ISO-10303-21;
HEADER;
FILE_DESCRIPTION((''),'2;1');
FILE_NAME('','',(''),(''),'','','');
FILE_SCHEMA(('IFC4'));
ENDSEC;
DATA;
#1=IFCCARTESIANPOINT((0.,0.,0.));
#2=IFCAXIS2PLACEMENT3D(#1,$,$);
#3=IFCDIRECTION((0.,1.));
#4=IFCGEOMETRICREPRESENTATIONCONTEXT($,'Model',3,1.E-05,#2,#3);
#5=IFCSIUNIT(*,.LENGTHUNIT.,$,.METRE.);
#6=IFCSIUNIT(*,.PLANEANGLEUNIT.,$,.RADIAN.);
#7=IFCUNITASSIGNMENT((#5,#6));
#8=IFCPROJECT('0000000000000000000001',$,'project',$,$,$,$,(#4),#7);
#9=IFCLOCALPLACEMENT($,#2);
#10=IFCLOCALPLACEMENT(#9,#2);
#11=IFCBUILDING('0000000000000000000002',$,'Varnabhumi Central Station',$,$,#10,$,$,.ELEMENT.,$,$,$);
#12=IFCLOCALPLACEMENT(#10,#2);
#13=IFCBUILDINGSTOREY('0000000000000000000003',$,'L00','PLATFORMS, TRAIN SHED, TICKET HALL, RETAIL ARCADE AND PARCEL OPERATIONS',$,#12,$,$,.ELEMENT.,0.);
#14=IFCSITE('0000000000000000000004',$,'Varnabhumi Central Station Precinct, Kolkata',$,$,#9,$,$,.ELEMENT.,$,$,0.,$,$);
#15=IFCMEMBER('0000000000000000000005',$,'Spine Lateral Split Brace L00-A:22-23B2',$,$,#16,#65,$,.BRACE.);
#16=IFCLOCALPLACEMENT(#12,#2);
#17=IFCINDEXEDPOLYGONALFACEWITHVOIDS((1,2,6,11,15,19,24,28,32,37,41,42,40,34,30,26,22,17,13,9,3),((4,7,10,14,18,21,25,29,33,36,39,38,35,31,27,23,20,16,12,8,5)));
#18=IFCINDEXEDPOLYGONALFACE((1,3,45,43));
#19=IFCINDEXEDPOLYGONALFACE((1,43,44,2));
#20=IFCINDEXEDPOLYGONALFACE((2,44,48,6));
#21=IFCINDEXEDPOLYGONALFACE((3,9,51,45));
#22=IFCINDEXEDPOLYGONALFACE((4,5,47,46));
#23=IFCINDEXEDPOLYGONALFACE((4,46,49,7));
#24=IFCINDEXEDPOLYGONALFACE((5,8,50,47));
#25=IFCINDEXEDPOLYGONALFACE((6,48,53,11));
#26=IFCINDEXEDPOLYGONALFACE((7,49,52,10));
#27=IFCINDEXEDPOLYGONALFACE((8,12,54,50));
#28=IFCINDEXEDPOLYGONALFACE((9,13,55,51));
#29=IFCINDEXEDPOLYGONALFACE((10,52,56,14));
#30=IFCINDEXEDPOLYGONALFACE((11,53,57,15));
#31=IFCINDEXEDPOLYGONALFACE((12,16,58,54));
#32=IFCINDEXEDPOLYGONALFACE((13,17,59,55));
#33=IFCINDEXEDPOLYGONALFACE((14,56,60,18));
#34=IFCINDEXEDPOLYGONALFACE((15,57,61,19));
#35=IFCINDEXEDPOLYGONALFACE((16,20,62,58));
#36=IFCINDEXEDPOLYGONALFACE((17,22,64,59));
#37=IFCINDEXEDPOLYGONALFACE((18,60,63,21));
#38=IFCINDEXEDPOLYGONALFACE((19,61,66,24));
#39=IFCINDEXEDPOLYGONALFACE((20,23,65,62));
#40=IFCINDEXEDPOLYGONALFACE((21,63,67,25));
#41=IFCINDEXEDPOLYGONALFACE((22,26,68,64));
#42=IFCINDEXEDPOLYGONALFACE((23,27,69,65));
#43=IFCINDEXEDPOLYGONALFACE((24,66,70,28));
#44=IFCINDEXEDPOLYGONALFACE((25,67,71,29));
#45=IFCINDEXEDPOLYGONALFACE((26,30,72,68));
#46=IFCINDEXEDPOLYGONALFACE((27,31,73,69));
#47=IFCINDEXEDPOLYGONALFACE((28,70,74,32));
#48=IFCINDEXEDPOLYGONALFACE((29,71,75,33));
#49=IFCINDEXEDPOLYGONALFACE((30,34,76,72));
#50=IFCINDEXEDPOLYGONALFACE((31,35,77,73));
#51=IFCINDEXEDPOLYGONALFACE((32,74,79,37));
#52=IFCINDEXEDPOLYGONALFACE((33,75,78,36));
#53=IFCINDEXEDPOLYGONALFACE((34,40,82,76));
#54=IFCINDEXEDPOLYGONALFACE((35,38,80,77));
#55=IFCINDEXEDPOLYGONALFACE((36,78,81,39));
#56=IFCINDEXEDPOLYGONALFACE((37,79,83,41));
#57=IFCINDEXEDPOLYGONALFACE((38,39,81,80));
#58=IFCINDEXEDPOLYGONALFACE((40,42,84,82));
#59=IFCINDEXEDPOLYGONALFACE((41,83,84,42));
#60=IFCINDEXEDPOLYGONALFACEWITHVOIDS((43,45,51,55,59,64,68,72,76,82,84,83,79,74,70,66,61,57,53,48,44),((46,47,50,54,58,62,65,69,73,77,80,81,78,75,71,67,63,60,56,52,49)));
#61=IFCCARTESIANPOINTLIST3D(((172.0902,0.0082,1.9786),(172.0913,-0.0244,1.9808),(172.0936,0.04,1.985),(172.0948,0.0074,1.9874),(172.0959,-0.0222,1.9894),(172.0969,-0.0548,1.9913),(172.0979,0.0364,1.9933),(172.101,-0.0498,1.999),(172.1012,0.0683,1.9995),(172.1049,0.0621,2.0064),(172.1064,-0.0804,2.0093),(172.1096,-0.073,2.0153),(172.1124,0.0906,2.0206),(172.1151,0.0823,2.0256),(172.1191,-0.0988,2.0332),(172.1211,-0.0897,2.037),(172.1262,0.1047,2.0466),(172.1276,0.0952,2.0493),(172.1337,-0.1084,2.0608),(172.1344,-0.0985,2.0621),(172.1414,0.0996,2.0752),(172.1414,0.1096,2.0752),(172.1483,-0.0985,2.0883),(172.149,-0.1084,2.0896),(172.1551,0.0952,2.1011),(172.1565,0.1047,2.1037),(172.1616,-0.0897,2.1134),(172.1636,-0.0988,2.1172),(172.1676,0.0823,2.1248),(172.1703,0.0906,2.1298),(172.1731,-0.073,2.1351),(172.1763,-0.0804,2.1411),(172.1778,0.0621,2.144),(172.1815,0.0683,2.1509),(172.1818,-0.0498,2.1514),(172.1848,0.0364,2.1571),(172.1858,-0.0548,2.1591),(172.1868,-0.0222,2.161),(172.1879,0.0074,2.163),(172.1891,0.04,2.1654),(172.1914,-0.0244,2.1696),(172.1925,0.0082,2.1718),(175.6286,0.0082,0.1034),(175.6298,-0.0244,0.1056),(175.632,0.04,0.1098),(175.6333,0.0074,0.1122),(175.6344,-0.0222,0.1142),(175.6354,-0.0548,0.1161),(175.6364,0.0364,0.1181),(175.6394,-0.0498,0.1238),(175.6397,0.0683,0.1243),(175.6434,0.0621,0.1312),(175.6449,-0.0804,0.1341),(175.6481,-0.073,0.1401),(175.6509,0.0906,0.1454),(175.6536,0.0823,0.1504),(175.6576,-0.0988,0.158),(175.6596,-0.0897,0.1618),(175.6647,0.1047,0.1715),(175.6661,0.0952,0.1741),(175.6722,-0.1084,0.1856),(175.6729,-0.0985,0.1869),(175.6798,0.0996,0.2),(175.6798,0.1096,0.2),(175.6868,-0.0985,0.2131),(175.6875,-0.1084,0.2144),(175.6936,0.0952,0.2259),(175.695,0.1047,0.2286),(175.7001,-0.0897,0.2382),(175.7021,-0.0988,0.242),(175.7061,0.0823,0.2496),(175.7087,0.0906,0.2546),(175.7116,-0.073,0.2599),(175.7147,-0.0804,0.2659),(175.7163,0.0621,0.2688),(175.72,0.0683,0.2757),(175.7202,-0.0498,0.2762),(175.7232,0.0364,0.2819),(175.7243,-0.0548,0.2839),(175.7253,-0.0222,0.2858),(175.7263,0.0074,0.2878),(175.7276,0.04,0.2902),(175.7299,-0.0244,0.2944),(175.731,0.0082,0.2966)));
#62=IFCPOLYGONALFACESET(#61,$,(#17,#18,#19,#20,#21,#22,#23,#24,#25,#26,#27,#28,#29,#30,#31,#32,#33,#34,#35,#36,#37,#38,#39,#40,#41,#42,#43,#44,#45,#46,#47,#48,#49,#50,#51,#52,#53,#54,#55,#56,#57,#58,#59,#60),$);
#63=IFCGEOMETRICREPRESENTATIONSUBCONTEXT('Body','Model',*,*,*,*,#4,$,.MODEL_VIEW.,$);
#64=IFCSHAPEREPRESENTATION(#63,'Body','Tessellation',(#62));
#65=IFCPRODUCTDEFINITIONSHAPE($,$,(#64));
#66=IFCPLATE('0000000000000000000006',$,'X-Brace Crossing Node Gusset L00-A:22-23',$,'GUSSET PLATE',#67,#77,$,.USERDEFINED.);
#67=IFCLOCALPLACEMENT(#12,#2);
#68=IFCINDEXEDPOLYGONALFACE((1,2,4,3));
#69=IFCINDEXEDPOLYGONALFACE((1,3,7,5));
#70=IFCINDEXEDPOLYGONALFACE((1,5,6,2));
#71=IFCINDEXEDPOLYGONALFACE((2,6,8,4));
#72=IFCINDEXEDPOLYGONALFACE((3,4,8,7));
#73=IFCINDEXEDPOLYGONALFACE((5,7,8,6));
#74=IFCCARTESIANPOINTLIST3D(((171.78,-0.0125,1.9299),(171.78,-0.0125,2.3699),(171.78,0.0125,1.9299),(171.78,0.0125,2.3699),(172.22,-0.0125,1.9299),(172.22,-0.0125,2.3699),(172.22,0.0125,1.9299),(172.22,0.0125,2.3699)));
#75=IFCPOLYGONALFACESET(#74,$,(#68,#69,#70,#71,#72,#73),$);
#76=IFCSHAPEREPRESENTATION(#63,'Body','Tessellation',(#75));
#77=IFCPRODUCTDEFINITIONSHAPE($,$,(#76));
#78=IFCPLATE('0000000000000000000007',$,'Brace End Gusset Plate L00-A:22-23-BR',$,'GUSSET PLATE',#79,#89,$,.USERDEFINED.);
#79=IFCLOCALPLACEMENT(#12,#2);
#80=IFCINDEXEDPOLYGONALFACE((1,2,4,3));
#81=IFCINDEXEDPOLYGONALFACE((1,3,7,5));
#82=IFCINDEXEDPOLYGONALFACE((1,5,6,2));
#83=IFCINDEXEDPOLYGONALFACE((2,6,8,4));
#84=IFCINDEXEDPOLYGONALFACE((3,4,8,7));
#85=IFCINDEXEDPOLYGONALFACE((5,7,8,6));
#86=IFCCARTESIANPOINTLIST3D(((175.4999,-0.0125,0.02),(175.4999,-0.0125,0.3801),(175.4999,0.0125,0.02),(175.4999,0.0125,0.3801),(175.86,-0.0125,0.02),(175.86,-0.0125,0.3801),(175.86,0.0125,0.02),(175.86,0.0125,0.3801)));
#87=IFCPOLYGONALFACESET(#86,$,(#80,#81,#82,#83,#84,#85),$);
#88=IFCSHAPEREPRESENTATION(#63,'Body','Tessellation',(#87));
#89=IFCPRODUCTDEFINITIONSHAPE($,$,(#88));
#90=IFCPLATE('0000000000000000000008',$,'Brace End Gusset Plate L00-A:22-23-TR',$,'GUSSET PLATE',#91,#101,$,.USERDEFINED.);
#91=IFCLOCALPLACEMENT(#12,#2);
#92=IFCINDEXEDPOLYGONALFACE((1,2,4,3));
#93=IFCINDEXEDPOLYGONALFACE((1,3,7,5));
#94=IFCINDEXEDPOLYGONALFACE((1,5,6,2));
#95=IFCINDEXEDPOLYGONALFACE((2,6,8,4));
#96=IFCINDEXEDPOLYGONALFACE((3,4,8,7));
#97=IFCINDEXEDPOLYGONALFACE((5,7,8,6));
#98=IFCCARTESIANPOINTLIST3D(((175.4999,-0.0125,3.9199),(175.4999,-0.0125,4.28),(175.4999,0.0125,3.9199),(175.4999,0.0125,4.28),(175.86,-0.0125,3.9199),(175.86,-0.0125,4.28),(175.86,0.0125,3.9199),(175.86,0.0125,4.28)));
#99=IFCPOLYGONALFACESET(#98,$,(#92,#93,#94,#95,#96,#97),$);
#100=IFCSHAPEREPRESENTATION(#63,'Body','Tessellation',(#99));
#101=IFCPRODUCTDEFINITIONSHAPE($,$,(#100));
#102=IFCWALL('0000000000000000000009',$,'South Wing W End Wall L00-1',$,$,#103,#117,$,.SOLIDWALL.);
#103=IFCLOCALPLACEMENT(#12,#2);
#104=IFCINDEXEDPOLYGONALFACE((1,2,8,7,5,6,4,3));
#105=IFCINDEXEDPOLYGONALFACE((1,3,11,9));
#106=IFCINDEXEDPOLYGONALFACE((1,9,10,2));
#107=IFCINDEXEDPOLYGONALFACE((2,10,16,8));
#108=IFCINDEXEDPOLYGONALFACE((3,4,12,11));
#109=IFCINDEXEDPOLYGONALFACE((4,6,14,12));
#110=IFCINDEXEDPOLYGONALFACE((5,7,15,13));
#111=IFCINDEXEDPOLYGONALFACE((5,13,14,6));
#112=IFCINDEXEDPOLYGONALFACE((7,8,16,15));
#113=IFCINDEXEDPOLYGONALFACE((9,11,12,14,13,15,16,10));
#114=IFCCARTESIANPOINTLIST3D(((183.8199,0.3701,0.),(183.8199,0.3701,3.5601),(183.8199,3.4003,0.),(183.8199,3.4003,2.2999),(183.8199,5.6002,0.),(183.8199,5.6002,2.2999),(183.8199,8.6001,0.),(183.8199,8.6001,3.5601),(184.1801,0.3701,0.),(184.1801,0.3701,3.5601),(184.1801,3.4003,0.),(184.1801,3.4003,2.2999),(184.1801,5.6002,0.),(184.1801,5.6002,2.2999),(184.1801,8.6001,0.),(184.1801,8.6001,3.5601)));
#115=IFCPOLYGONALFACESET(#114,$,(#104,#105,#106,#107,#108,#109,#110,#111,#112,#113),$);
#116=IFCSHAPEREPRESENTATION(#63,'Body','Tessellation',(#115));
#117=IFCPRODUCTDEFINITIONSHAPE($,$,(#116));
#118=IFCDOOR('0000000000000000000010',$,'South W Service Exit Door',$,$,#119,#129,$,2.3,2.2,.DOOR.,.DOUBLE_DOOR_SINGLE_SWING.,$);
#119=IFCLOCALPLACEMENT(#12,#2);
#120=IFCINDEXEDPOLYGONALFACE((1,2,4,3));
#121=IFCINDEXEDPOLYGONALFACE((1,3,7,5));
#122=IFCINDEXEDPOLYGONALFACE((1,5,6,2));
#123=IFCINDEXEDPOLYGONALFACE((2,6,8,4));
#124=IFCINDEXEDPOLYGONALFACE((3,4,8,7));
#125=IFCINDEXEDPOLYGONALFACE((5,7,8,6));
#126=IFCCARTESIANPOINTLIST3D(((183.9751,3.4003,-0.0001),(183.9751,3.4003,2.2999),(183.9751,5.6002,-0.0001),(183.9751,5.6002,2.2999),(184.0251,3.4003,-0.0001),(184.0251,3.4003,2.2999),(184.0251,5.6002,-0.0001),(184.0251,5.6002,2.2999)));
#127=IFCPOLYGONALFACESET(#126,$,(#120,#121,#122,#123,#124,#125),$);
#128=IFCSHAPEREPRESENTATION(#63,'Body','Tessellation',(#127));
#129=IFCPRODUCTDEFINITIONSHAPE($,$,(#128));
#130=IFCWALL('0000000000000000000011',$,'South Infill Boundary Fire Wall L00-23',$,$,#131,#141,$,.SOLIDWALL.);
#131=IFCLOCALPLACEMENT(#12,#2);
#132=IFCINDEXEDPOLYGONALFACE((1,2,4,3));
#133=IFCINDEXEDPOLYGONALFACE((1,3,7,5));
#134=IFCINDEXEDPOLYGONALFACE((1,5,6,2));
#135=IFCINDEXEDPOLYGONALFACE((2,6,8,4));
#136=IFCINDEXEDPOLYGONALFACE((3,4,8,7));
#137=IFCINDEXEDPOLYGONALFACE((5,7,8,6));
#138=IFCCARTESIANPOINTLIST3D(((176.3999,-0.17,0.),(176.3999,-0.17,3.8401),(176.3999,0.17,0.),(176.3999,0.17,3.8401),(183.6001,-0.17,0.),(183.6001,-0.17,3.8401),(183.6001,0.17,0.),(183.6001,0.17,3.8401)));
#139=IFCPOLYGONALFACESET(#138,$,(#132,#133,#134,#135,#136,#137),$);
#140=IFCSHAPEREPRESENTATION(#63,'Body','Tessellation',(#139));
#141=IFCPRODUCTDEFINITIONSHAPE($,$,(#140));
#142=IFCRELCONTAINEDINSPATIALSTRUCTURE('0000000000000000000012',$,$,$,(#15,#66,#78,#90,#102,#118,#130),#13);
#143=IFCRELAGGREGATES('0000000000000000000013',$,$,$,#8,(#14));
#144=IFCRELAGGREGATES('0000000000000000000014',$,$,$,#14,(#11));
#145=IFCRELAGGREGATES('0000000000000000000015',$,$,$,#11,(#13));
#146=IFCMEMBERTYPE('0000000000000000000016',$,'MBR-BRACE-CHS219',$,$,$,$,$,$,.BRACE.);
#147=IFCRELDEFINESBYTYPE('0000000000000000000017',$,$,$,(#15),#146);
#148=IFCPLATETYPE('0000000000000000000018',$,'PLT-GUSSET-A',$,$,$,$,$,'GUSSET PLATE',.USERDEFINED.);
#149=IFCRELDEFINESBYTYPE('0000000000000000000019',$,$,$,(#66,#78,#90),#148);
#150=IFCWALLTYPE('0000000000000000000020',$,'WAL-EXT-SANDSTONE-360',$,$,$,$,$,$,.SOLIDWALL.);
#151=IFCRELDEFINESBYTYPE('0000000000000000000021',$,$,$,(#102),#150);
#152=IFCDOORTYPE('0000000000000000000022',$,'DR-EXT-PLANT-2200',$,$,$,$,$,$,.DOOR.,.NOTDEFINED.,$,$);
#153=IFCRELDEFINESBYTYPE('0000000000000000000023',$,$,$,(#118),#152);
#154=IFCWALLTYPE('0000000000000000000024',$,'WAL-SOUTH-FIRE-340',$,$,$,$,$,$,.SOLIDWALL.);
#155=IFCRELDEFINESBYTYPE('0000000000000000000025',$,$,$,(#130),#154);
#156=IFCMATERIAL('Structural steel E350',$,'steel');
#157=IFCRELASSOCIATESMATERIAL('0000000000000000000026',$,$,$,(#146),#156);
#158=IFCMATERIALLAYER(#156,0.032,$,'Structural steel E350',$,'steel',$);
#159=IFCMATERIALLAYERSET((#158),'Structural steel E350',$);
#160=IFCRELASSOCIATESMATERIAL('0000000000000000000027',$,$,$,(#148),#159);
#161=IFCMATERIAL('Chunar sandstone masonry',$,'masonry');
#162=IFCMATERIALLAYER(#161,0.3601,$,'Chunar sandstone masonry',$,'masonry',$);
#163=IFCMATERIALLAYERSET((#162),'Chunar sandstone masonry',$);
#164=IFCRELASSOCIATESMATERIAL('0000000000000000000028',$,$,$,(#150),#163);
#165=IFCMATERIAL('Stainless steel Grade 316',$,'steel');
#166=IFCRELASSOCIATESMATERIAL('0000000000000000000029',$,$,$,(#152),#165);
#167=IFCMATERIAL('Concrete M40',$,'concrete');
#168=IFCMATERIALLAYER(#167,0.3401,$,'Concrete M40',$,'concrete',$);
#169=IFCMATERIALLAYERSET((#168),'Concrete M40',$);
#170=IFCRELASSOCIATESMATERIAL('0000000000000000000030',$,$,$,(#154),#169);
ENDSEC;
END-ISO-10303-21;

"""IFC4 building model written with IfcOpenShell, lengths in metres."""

from ifc_helpers import new_model, si_unit, direction, frame, frame_2d, origin, origin_2d, place, context, subcontext, project, spatial, rectangle, hollow_circle, extrude, material, layer, layer_set, material_profile, profile_set, type_object, element, fill, save


model = new_model("IFC4")

# Units and contexts
model_context = context("Model", 3, precision=1e-05, world=origin(), true_north=direction((0.0, 1.0)))
body_context = subcontext(model_context, "Body", "Model", "MODEL_VIEW")
ifc_project = project(units=[si_unit("LENGTHUNIT", "METRE"), si_unit("PLANEANGLEUNIT", "RADIAN")], contexts=[model_context])

# Site, building, storey
site_placement = place(None, origin())
site = spatial("IfcSite", under=ifc_project, at=site_placement, Name="Varnabhumi Central Station Precinct, Kolkata", CompositionType="ELEMENT", RefElevation=0.0)
building_placement = place(site_placement, origin())
building = spatial("IfcBuilding", under=site, at=building_placement, Name="Varnabhumi Central Station", CompositionType="ELEMENT")
storey_placement = place(building_placement, origin())
storey = spatial("IfcBuildingStorey", under=building, at=storey_placement, Name="L00", Description="PLATFORMS, TRAIN SHED, TICKET HALL, RETAIL ARCADE AND PARCEL OPERATIONS", CompositionType="ELEMENT", Elevation=0.0)

# Shared definitions
ifc_material_1 = material(Name="Concrete M40", Category="concrete")

# Member
ifc_material_2 = material(Name="Structural steel E350", Category="steel")
ifc_material_profile_1 = material_profile(ifc_material_2, hollow_circle(Radius=0.1096, WallThickness=0.01, at=origin_2d()), Name="Structural steel E350", Category="steel")
ifc_profile_set_1 = profile_set([ifc_material_profile_1], Name="Structural steel E350")
member_type = type_object("IfcMemberType", Name="MBR-BRACE-CHS219", PredefinedType="BRACE", material=ifc_profile_set_1)
member_placement = place(storey_placement, frame((172.1414, 0.0, 2.0752), z_axis=(0.883594, 0.0, -0.468255), x_axis=(0.0, 1.0, 0.0)))
element("IfcMember", 1, at=member_placement, inside=storey, type_object=member_type, Name="Spine Lateral Split Brace L00-A:22-23B2", PredefinedType="BRACE", context=body_context, shape_type="SweptSolid", body=[
    extrude(hollow_circle(Radius=0.1096, WallThickness=0.01, at=origin_2d()), origin(), (0.0, 0.0, 1.0), 4.0046),
])

# Plates
ifc_layer_1 = layer(ifc_material_2, 0.032, Name="Structural steel E350", Category="steel")
ifc_layer_set_1 = layer_set([ifc_layer_1], Name="Structural steel E350")
plate_type = type_object("IfcPlateType", Name="PLT-GUSSET-A", ElementType="GUSSET PLATE", PredefinedType="USERDEFINED", material=ifc_layer_set_1)
plate_placement = place(storey_placement, frame((172.0, 0.0, 1.9299), z_axis=(0.0, 0.0, 1.0), x_axis=(1.0, 0.0, 0.0)))
element("IfcPlate", 2, at=plate_placement, inside=storey, type_object=plate_type, Name="X-Brace Crossing Node Gusset L00-A:22-23", ObjectType="GUSSET PLATE", PredefinedType="USERDEFINED", context=body_context, shape_type="SweptSolid", body=[
    extrude(rectangle(XDim=0.4399, YDim=0.0249, at=origin_2d()), origin(), (0.0, 0.0, 1.0), 0.4399),
])
for number, where, z_axis, x_axis, name in (
    (3, (175.6799, 0.0, 0.02), (0.0, 0.0, 1.0), (1.0, 0.0, 0.0), "Brace End Gusset Plate L00-A:22-23-BR"),
    (4, (175.6799, 0.0, 3.9199), (0.0, 0.0, 1.0), (1.0, 0.0, 0.0), "Brace End Gusset Plate L00-A:22-23-TR"),
):
    element("IfcPlate", number, at=place(storey_placement, frame(where, z_axis=z_axis, x_axis=x_axis)), inside=storey, type_object=plate_type, Name=name, ObjectType="GUSSET PLATE", PredefinedType="USERDEFINED", context=body_context, shape_type="SweptSolid", body=[
        extrude(rectangle(XDim=0.3601, YDim=0.0249, at=origin_2d()), origin(), (0.0, 0.0, 1.0), 0.3601),
    ])

# Wall, opening, door
ifc_material_3 = material(Name="Chunar sandstone masonry", Category="masonry")
ifc_layer_2 = layer(ifc_material_3, 0.3601, Name="Chunar sandstone masonry", Category="masonry")
ifc_layer_set_2 = layer_set([ifc_layer_2], Name="Chunar sandstone masonry")
wall_type_1 = type_object("IfcWallType", Name="WAL-EXT-SANDSTONE-360", PredefinedType="SOLIDWALL", material=ifc_layer_set_2)
wall_1_placement = place(storey_placement, frame((184.0, 0.3701, 0.0), z_axis=(0.0, 0.0, 1.0), x_axis=(0.0, 1.0, 0.0)))
wall_1 = element("IfcWall", 5, at=wall_1_placement, inside=storey, type_object=wall_type_1, Name="South Wing W End Wall L00-1", PredefinedType="SOLIDWALL", context=body_context, shape_type="SweptSolid", body=[
    extrude(rectangle(XDim=8.23, YDim=0.3601, at=frame_2d((4.115, 0.0))), origin(), (0.0, 0.0, 1.0), 3.5601),
])
opening_placement = place(wall_1_placement, frame((3.03, 0.0, 0.0)))
opening = element("IfcOpeningElement", 6, at=opening_placement, cuts=wall_1, PredefinedType="OPENING", context=body_context, shape_type="SweptSolid", body=[
    extrude(rectangle(XDim=2.2, YDim=2.3, at=frame_2d((1.1001, 1.1499))), frame((0.0, 0.1899, 0.0), z_axis=(0.0, -1.0, 0.0), x_axis=(1.0, 0.0, 0.0)), (0.0, 0.0, 1.0), 0.3801),
])
ifc_material_4 = material(Name="Stainless steel Grade 316", Category="steel")
door_type = type_object("IfcDoorType", Name="DR-EXT-PLANT-2200", OperationType="NOTDEFINED", PredefinedType="DOOR", material=ifc_material_4)
door_placement = place(opening_placement, origin())
door = element("IfcDoor", 7, at=door_placement, inside=storey, type_object=door_type, Name="South W Service Exit Door", OperationType="DOUBLE_DOOR_SINGLE_SWING", OverallHeight=2.3, OverallWidth=2.2, PredefinedType="DOOR", context=body_context, shape_type="SweptSolid", body=[
    extrude(rectangle(XDim=2.2, YDim=2.3, at=frame_2d((1.1001, 1.1499))), frame((0.0, 0.0249, 0.0), z_axis=(0.0, -1.0, 0.0), x_axis=(1.0, 0.0, 0.0)), (0.0, 0.0, 1.0), 0.05),
])
fill(opening, door)

# Wall
ifc_layer_3 = layer(ifc_material_1, 0.3401, Name="Concrete M40", Category="concrete")
ifc_layer_set_3 = layer_set([ifc_layer_3], Name="Concrete M40")
wall_type_2 = type_object("IfcWallType", Name="WAL-SOUTH-FIRE-340", PredefinedType="SOLIDWALL", material=ifc_layer_set_3)
wall_2_placement = place(storey_placement, frame((176.3999, 0.0, 0.0), z_axis=(0.0, 0.0, 1.0), x_axis=(1.0, 0.0, 0.0)))
element("IfcWall", 8, at=wall_2_placement, inside=storey, type_object=wall_type_2, Name="South Infill Boundary Fire Wall L00-23", PredefinedType="SOLIDWALL", context=body_context, shape_type="SweptSolid", body=[
    extrude(rectangle(XDim=7.2002, YDim=0.3401, at=frame_2d((3.6001, 0.0))), origin(), (0.0, 0.0, 1.0), 3.8401),
])

save(model, "model.ifc")
